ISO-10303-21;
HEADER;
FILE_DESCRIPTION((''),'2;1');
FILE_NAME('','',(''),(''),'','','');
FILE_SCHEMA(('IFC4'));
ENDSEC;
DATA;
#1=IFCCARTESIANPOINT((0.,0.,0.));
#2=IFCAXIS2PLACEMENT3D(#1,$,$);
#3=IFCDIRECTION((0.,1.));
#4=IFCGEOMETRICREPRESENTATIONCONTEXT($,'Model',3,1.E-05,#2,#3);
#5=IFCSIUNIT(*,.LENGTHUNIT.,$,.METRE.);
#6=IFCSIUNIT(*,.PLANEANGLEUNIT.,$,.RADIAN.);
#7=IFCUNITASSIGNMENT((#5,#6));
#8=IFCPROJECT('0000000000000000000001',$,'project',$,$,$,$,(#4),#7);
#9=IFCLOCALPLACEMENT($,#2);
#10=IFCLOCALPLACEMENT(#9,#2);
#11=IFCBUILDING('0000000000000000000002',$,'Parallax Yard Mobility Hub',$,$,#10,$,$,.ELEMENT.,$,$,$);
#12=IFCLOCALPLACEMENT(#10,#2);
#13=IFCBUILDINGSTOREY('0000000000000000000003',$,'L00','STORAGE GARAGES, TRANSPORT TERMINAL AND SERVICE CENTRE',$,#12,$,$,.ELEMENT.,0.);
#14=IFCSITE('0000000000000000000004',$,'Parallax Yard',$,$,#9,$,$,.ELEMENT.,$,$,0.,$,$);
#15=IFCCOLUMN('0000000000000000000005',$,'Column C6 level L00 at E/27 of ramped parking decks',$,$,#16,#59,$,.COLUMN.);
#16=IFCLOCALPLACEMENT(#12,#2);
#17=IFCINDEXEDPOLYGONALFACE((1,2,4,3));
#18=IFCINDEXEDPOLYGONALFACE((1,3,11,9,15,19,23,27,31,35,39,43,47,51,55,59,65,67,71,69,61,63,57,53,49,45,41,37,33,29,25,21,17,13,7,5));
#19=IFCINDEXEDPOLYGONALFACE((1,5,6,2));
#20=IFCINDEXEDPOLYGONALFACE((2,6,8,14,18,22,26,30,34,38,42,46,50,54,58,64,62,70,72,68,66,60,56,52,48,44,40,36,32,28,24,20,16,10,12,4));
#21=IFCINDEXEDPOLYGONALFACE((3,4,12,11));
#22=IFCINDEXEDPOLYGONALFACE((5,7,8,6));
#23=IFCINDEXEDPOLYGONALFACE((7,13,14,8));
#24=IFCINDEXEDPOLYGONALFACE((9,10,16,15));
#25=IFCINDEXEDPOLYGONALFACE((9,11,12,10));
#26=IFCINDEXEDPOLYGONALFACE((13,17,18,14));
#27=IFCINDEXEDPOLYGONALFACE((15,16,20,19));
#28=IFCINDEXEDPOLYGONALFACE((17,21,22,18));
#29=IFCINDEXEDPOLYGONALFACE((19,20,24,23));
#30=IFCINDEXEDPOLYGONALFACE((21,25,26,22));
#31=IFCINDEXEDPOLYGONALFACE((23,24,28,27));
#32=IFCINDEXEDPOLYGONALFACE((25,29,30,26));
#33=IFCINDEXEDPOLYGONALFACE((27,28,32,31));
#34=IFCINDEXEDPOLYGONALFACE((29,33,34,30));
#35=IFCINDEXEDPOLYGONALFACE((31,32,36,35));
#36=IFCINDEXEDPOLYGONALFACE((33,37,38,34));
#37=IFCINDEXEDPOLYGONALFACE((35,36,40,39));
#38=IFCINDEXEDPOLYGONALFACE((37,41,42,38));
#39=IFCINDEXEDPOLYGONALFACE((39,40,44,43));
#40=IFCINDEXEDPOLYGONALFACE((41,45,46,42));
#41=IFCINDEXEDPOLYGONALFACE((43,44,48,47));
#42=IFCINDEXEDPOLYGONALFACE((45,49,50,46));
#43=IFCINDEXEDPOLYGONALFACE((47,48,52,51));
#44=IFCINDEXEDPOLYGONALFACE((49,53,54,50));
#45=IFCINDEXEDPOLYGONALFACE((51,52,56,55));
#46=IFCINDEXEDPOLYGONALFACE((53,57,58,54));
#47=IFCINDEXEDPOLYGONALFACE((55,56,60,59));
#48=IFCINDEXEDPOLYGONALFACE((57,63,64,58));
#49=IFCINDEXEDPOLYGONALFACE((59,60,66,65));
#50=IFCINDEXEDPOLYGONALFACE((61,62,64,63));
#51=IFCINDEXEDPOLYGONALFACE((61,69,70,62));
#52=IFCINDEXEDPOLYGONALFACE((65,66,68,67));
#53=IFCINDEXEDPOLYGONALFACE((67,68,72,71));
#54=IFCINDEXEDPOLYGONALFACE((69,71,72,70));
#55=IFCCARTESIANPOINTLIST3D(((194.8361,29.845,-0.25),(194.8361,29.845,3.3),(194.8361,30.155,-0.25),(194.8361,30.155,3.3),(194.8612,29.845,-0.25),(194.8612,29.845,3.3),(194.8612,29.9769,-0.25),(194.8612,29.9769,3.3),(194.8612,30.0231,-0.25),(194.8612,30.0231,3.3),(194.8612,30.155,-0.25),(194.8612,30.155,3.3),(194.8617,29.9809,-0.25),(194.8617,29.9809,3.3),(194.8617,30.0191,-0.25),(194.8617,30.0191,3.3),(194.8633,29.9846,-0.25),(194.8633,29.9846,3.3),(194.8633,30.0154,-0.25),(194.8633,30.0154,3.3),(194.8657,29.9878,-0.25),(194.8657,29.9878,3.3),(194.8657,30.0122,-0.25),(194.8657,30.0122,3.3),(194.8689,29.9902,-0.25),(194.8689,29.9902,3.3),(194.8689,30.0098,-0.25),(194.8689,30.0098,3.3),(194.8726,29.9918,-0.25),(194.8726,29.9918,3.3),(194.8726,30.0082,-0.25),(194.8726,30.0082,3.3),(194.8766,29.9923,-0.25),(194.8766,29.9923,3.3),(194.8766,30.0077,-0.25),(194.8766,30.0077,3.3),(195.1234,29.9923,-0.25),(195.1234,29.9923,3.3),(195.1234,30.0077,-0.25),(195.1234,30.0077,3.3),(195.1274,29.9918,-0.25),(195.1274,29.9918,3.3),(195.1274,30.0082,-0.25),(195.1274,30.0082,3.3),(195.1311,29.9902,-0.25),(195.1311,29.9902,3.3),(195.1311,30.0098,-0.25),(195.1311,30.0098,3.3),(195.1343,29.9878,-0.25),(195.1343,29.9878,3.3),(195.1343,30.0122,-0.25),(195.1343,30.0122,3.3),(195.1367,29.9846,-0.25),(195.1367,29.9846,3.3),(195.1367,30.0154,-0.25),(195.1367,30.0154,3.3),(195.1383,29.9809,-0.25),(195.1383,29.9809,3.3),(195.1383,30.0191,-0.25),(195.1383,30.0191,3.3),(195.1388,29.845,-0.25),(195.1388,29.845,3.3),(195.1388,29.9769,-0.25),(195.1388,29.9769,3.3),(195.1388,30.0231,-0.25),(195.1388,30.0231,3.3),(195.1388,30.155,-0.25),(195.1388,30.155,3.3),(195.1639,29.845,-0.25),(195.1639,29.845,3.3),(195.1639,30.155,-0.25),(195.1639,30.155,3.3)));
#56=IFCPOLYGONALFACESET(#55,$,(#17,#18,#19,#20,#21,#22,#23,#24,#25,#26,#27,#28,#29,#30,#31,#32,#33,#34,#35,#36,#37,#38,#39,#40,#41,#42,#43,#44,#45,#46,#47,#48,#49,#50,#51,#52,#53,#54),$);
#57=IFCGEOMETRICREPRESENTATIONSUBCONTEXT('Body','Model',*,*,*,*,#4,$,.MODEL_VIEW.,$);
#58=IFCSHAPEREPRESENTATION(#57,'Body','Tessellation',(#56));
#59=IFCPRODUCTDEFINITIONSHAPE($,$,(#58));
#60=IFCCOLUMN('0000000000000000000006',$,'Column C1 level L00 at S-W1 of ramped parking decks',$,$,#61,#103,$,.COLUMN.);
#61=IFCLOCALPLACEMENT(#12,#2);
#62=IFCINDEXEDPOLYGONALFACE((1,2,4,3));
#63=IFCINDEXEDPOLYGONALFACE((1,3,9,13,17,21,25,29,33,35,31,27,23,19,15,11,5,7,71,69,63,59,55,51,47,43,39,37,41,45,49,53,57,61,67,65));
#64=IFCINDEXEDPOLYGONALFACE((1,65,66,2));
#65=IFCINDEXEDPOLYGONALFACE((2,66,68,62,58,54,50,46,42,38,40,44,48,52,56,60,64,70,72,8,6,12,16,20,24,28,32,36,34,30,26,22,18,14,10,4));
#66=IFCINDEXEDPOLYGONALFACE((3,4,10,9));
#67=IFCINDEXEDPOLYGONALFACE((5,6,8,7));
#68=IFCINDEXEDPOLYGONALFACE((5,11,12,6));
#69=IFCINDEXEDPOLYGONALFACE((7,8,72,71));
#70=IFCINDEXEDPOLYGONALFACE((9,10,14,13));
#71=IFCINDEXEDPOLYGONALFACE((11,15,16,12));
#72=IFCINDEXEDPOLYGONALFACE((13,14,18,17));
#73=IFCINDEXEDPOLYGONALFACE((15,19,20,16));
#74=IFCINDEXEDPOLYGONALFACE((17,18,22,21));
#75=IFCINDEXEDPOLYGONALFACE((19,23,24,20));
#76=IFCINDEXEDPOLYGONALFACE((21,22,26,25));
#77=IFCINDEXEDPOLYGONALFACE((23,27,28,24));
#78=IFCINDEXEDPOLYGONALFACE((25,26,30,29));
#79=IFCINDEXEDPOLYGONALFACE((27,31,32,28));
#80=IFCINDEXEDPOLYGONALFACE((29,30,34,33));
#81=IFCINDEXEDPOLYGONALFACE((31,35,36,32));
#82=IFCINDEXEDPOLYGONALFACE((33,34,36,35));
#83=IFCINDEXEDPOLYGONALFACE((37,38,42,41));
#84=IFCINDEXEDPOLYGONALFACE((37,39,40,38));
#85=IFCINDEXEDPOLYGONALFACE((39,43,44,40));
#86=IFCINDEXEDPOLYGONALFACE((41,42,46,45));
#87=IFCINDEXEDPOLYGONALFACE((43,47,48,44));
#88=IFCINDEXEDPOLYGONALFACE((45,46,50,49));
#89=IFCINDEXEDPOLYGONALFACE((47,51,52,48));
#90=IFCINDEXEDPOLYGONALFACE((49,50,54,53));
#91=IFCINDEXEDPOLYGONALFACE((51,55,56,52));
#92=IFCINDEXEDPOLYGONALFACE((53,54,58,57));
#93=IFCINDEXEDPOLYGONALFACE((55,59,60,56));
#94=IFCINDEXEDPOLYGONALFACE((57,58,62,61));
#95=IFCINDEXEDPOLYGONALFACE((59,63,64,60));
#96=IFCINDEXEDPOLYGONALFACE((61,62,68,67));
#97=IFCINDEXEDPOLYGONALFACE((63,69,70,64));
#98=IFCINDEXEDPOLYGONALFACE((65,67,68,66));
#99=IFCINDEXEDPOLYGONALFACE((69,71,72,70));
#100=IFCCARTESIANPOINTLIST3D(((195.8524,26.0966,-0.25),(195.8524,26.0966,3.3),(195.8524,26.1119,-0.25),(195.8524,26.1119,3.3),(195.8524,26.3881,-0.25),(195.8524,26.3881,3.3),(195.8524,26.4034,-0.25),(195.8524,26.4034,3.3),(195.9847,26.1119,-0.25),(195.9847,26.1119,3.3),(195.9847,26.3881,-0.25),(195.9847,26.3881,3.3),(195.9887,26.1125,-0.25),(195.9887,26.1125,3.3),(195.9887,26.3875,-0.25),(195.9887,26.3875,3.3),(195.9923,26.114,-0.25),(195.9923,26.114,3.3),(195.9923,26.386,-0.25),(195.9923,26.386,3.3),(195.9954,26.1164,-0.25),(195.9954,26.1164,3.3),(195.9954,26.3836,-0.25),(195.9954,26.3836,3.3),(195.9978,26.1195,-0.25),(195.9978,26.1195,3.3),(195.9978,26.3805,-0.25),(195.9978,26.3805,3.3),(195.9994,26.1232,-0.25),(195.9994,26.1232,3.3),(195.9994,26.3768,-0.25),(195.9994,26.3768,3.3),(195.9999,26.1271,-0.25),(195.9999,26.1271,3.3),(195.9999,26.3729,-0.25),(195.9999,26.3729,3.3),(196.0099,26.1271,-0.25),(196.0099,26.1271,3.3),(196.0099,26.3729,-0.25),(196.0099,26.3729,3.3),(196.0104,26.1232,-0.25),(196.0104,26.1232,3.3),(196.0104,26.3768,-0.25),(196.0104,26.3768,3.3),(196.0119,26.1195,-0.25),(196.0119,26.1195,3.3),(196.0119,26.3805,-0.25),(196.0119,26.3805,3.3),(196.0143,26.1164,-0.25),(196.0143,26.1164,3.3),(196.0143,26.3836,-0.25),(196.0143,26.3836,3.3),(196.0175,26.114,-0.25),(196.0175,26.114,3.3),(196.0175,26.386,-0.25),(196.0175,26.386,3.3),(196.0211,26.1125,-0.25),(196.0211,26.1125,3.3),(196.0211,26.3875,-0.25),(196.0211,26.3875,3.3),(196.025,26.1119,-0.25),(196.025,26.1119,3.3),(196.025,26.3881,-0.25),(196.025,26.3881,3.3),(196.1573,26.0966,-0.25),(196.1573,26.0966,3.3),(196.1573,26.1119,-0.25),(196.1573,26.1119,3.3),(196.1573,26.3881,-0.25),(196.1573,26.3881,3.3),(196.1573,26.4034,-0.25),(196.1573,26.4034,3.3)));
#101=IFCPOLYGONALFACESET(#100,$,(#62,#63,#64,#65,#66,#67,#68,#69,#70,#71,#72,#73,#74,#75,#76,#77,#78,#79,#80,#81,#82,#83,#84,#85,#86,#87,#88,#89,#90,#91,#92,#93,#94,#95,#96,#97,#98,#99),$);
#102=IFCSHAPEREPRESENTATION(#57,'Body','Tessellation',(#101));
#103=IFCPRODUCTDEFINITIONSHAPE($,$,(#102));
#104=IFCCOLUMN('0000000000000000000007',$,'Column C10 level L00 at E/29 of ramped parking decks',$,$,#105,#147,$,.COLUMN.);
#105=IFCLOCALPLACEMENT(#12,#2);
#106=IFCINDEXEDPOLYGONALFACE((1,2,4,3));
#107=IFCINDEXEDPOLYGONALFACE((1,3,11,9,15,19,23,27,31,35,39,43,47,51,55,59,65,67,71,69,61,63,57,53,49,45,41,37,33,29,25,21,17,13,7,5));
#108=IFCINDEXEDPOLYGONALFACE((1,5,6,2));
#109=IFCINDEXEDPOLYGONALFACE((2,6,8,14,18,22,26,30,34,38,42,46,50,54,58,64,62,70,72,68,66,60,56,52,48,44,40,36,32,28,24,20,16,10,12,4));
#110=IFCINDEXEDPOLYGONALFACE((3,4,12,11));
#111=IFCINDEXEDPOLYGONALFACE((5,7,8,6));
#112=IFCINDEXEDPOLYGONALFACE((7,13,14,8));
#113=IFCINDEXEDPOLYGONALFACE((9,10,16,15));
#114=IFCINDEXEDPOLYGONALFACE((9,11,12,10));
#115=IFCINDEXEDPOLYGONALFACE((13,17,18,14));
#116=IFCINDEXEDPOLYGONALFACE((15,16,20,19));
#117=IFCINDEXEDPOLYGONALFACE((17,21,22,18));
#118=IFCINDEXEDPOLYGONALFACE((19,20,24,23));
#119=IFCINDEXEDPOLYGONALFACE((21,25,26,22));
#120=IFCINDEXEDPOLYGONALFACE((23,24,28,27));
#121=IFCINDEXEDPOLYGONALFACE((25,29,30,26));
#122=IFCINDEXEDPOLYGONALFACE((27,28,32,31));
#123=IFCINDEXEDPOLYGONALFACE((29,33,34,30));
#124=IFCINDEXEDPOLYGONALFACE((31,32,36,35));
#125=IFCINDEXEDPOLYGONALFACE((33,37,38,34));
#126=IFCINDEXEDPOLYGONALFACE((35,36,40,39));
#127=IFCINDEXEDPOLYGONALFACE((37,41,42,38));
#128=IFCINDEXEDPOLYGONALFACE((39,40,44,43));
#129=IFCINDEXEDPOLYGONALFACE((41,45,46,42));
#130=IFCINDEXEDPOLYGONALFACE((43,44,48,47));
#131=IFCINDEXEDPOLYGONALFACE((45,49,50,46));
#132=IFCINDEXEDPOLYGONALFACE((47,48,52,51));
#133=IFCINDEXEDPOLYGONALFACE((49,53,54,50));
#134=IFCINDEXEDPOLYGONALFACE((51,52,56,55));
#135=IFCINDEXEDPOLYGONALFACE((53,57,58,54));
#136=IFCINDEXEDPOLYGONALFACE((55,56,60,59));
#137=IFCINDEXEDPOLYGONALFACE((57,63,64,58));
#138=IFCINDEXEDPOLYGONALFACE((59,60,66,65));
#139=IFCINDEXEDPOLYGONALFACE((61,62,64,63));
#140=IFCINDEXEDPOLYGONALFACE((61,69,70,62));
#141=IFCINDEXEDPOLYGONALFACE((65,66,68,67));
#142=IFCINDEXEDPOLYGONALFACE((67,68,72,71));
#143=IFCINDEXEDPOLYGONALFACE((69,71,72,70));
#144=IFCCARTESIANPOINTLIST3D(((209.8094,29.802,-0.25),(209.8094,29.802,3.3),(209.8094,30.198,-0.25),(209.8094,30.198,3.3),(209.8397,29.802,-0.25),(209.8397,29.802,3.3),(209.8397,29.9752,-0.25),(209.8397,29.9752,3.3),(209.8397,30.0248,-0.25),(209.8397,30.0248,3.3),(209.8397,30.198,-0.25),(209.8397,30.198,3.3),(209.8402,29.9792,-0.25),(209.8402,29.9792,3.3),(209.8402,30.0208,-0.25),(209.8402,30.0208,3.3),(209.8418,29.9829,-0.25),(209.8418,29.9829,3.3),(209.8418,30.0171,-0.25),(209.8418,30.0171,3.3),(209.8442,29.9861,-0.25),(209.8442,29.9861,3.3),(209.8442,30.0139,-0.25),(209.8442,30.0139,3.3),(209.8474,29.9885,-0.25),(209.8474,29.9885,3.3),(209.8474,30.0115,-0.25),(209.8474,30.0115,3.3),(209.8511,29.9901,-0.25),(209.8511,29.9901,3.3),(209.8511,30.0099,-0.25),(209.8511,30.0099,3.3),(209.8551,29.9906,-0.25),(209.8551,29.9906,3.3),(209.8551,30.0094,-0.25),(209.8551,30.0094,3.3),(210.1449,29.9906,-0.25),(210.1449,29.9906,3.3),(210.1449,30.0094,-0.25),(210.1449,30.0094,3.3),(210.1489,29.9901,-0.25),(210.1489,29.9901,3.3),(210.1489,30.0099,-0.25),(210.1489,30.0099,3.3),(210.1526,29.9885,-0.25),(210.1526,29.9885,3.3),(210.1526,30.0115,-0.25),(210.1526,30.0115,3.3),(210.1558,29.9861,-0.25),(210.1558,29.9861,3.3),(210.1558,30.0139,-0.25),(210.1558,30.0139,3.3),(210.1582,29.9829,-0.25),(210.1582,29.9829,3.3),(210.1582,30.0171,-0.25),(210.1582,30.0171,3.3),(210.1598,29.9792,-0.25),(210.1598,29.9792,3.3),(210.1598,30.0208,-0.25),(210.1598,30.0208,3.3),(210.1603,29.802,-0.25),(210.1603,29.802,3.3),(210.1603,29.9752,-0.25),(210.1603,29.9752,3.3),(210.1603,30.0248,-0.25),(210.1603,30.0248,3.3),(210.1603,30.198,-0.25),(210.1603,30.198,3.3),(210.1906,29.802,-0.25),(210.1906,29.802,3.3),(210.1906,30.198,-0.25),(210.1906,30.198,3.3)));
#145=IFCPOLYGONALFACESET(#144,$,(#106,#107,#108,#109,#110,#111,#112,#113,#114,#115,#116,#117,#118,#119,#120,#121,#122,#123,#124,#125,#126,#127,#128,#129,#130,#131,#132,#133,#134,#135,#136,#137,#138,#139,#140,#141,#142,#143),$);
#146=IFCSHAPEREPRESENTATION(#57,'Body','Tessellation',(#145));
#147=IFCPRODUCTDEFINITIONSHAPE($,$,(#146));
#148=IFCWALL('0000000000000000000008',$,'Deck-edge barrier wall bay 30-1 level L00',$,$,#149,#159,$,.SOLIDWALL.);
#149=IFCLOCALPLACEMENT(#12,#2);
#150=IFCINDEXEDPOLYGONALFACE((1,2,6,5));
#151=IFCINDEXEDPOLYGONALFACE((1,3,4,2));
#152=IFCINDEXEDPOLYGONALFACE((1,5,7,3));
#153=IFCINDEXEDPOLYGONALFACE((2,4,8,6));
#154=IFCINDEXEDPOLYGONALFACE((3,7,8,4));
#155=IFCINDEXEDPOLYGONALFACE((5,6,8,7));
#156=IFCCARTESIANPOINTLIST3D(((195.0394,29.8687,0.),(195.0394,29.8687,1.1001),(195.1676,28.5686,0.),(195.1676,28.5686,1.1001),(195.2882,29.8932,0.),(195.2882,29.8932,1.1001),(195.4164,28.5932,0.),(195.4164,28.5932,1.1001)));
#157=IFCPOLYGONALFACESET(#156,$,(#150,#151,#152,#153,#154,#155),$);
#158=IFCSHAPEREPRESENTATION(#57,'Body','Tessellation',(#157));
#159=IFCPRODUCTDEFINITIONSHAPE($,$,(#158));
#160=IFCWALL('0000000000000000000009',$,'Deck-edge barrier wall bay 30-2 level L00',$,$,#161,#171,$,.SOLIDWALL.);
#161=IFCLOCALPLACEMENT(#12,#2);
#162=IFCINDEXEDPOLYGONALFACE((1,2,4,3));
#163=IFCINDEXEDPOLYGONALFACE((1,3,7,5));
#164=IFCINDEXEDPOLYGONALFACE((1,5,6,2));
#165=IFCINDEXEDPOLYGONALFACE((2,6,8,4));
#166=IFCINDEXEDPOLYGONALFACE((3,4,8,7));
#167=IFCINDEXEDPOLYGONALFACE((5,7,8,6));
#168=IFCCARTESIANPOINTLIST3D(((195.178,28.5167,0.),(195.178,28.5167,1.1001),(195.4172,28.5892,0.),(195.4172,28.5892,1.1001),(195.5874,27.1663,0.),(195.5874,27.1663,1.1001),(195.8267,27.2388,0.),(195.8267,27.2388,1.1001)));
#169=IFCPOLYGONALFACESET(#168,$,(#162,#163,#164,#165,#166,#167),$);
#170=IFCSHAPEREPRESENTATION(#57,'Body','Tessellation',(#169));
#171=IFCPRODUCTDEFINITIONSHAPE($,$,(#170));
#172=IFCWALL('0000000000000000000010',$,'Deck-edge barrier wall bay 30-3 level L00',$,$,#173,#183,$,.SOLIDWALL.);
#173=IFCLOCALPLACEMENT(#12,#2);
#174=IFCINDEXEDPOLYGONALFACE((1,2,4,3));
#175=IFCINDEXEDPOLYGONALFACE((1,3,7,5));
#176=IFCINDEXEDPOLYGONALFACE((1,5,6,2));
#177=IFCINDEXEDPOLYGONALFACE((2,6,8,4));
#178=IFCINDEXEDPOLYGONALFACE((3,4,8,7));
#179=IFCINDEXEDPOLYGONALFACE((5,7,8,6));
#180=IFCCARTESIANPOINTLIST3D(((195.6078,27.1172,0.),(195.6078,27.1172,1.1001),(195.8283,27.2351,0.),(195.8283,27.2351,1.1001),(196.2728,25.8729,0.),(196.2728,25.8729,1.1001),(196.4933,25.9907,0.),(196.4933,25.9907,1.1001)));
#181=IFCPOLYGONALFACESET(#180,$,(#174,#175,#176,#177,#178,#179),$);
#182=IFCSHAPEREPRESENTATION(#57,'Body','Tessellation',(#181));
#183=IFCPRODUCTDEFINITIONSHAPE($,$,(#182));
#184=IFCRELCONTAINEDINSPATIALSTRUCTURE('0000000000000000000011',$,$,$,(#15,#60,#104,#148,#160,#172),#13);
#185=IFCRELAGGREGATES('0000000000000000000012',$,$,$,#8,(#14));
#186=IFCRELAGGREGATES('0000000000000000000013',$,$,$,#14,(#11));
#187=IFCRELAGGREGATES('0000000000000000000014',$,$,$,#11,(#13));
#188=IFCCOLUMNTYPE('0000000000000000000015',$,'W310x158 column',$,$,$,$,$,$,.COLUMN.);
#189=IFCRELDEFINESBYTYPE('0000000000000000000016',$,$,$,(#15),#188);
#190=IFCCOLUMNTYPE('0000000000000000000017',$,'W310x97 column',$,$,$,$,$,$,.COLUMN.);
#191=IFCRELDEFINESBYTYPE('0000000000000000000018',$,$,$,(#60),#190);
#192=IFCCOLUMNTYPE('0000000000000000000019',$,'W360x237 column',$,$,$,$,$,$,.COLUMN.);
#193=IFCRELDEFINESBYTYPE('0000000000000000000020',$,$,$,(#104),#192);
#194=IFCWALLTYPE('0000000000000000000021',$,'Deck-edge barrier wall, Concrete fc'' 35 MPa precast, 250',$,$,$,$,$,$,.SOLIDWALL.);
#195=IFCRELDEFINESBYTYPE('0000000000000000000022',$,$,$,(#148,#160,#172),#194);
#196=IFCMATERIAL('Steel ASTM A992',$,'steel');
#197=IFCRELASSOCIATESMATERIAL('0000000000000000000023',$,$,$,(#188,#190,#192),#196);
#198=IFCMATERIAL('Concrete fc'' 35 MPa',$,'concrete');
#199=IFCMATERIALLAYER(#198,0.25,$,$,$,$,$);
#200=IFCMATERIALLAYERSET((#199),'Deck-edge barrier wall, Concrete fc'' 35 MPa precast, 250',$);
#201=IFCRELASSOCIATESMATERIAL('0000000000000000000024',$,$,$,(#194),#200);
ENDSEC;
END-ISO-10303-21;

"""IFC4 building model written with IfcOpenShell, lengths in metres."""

from ifc_helpers import new_model, si_unit, direction, frame, frame_2d, origin, origin_2d, place, context, subcontext, project, spatial, rectangle, i_section, extrude, material, layer, layer_set, material_profile, profile_set, type_object, element, save


model = new_model("IFC4")

# Units and contexts
model_context = context("Model", 3, precision=1e-05, world=origin(), true_north=direction((0.0, 1.0)))
body_context = subcontext(model_context, "Body", "Model", "MODEL_VIEW")
ifc_project = project(units=[si_unit("LENGTHUNIT", "METRE"), si_unit("PLANEANGLEUNIT", "RADIAN")], contexts=[model_context])

# Site, building, storey
site_placement = place(None, origin())
site = spatial("IfcSite", under=ifc_project, at=site_placement, Name="Parallax Yard", CompositionType="ELEMENT", RefElevation=0.0)
building_placement = place(site_placement, origin())
building = spatial("IfcBuilding", under=site, at=building_placement, Name="Parallax Yard Mobility Hub", CompositionType="ELEMENT")
storey_placement = place(building_placement, origin())
storey = spatial("IfcBuildingStorey", under=building, at=storey_placement, Name="L00", Description="STORAGE GARAGES, TRANSPORT TERMINAL AND SERVICE CENTRE", CompositionType="ELEMENT", Elevation=0.0)

# Columns
ifc_material_1 = material(Name="Steel ASTM A992", Category="steel")
ifc_material_profile_1 = material_profile(ifc_material_1, i_section(OverallWidth=0.3101, OverallDepth=0.3279, WebThickness=0.0154, FlangeThickness=0.0251, FilletRadius=0.0154, at=origin_2d()), Name="W310x158")
ifc_profile_set_1 = profile_set([ifc_material_profile_1], Name="Steel ASTM A992")
column_type_1 = type_object("IfcColumnType", Name="W310x158 column", PredefinedType="COLUMN", material=ifc_profile_set_1)
column_1_placement = place(storey_placement, frame((195.0, 30.0, -0.25), z_axis=(0.0, 0.0, 1.0), x_axis=(0.0, 1.0, 0.0)))
element("IfcColumn", 1, at=column_1_placement, inside=storey, type_object=column_type_1, Name="Column C6 level L00 at E/27 of ramped parking decks", PredefinedType="COLUMN", context=body_context, shape_type="SweptSolid", body=[
    extrude(i_section(OverallWidth=0.3101, OverallDepth=0.3279, WebThickness=0.0154, FlangeThickness=0.0251, FilletRadius=0.0154, at=origin_2d()), origin(), (0.0, 0.0, 1.0), 3.55),
])
ifc_material_profile_2 = material_profile(ifc_material_1, i_section(OverallWidth=0.3049, OverallDepth=0.3069, WebThickness=0.01, FlangeThickness=0.0154, FilletRadius=0.0151, at=origin_2d()), Name="W310x97")
ifc_profile_set_2 = profile_set([ifc_material_profile_2], Name="Steel ASTM A992")
column_type_2 = type_object("IfcColumnType", Name="W310x97 column", PredefinedType="COLUMN", material=ifc_profile_set_2)
column_2_placement = place(storey_placement, frame((196.0049, 26.25, -0.25), z_axis=(0.0, 0.0, 1.0), x_axis=(1.0, 0.0, 0.0)))
element("IfcColumn", 2, at=column_2_placement, inside=storey, type_object=column_type_2, Name="Column C1 level L00 at S-W1 of ramped parking decks", PredefinedType="COLUMN", context=body_context, shape_type="SweptSolid", body=[
    extrude(i_section(OverallWidth=0.3049, OverallDepth=0.3069, WebThickness=0.01, FlangeThickness=0.0154, FilletRadius=0.0151, at=origin_2d()), origin(), (0.0, 0.0, 1.0), 3.55),
])
ifc_material_profile_3 = material_profile(ifc_material_1, i_section(OverallWidth=0.396, OverallDepth=0.3811, WebThickness=0.0188, FlangeThickness=0.0303, FilletRadius=0.0154, at=origin_2d()), Name="W360x237")
ifc_profile_set_3 = profile_set([ifc_material_profile_3], Name="Steel ASTM A992")
column_type_3 = type_object("IfcColumnType", Name="W360x237 column", PredefinedType="COLUMN", material=ifc_profile_set_3)
column_3_placement = place(storey_placement, frame((210.0, 30.0, -0.25), z_axis=(0.0, 0.0, 1.0), x_axis=(0.0, 1.0, 0.0)))
element("IfcColumn", 3, at=column_3_placement, inside=storey, type_object=column_type_3, Name="Column C10 level L00 at E/29 of ramped parking decks", PredefinedType="COLUMN", context=body_context, shape_type="SweptSolid", body=[
    extrude(i_section(OverallWidth=0.396, OverallDepth=0.3811, WebThickness=0.0188, FlangeThickness=0.0303, FilletRadius=0.0154, at=origin_2d()), origin(), (0.0, 0.0, 1.0), 3.55),
])

# Walls
ifc_material_2 = material(Name="Concrete fc' 35 MPa", Category="concrete")
ifc_layer = layer(ifc_material_2, 0.25)
ifc_layer_set = layer_set([ifc_layer], Name="Deck-edge barrier wall, Concrete fc' 35 MPa precast, 250")
wall_type = type_object("IfcWallType", Name="Deck-edge barrier wall, Concrete fc' 35 MPa precast, 250", PredefinedType="SOLIDWALL", material=ifc_layer_set)
wall_1_placement = place(storey_placement, frame((195.1638, 29.8811, 0.0), z_axis=(0.0, 0.0, 1.0), x_axis=(0.098116, -0.995175, 0.0)))
element("IfcWall", 4, at=wall_1_placement, inside=storey, type_object=wall_type, Name="Deck-edge barrier wall bay 30-1 level L00", PredefinedType="SOLIDWALL", context=body_context, shape_type="SweptSolid", body=[
    extrude(rectangle(XDim=1.3064, YDim=0.25, at=frame_2d((0.6533, 0.0))), origin(), (0.0, 0.0, 1.0), 1.1001),
])
wall_2_placement = place(storey_placement, frame((195.2976, 28.553, 0.0), z_axis=(0.0, 0.0, 1.0), x_axis=(0.290156, -0.956979, 0.0)))
element("IfcWall", 5, at=wall_2_placement, inside=storey, type_object=wall_type, Name="Deck-edge barrier wall bay 30-2 level L00", PredefinedType="SOLIDWALL", context=body_context, shape_type="SweptSolid", body=[
    extrude(rectangle(XDim=1.4111, YDim=0.25, at=frame_2d((0.7056, 0.0))), origin(), (0.0, 0.0, 1.0), 1.1001),
])
for number, where, z_axis, x_axis, name in (
    (6, (195.718, 27.1763, 0.0), (0.0, 0.0, 1.0), (0.471342, -0.88195, 0.0), "Deck-edge barrier wall bay 30-3 level L00"),
):
    element("IfcWall", number, at=place(storey_placement, frame(where, z_axis=z_axis, x_axis=x_axis)), inside=storey, type_object=wall_type, Name=name, PredefinedType="SOLIDWALL", context=body_context, shape_type="SweptSolid", body=[
        extrude(rectangle(XDim=1.4109, YDim=0.25, at=frame_2d((0.7056, 0.0))), origin(), (0.0, 0.0, 1.0), 1.1001),
    ])

save(model, "model.ifc")
